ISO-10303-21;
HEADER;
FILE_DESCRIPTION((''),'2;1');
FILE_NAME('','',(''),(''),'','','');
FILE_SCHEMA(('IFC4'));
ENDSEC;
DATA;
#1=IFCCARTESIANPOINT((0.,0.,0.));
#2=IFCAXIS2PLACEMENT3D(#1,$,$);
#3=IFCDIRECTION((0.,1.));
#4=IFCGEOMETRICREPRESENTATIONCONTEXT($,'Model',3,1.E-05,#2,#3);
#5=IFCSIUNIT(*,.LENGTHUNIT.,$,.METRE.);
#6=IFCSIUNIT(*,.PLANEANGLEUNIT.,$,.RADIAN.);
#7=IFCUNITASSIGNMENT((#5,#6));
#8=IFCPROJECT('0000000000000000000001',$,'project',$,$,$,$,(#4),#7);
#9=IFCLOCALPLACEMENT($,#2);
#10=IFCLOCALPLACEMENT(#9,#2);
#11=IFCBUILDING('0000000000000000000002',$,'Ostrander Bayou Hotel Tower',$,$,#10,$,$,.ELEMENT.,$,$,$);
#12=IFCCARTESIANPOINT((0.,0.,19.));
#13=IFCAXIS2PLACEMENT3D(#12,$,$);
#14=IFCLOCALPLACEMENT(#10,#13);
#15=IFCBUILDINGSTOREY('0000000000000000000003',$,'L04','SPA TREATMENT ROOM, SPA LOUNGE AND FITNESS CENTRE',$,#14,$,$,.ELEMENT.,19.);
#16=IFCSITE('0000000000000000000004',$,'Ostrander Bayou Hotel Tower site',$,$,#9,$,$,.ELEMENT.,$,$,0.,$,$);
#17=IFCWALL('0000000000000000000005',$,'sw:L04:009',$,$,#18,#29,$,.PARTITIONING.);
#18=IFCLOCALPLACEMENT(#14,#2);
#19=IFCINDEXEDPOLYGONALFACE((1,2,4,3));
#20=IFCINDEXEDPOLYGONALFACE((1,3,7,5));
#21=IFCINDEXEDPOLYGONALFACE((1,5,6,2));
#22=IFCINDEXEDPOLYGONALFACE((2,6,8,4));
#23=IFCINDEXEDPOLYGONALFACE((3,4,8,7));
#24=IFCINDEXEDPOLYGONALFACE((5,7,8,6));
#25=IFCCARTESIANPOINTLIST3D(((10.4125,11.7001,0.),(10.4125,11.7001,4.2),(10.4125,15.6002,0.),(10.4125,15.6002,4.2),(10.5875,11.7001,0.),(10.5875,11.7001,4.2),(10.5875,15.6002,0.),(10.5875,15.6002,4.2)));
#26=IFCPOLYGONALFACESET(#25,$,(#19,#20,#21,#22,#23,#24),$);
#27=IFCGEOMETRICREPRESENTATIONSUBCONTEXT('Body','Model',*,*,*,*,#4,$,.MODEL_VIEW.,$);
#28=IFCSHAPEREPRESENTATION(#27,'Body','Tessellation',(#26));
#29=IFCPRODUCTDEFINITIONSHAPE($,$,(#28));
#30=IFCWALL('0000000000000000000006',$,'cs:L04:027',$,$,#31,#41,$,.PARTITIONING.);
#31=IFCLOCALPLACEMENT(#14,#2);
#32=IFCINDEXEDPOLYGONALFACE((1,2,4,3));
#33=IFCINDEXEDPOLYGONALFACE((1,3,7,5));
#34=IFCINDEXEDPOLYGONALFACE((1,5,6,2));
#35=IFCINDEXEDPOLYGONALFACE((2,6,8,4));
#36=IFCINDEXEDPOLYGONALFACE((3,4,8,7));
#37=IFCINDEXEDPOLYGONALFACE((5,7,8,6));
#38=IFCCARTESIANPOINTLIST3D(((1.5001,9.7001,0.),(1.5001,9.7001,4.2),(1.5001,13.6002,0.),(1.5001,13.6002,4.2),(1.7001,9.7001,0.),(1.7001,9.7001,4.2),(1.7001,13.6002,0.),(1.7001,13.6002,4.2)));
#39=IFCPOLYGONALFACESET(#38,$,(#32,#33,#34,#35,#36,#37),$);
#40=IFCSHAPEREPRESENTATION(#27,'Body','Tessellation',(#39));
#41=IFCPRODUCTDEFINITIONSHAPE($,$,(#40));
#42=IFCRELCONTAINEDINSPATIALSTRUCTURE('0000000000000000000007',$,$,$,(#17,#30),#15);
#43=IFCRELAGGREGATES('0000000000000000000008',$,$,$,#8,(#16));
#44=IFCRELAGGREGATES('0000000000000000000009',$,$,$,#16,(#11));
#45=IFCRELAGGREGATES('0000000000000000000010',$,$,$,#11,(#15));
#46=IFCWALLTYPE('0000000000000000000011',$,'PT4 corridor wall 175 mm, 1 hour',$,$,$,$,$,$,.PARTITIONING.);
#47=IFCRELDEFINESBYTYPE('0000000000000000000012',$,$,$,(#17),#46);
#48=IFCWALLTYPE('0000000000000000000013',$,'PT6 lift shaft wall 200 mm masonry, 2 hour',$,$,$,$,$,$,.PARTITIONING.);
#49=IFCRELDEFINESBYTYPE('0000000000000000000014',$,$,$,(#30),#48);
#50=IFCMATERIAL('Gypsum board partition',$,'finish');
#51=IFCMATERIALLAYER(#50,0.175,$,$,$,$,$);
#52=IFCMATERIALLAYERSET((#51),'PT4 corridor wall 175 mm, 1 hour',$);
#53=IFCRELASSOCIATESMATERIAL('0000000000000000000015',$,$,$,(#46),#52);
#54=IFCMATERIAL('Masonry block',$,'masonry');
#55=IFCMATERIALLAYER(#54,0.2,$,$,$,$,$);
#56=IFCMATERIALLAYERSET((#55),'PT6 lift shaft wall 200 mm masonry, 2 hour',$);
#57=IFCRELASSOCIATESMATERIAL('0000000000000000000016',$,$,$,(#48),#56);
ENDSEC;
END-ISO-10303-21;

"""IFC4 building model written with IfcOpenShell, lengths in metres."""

from ifc_helpers import new_model, si_unit, direction, frame, frame_2d, origin, place, context, subcontext, project, spatial, rectangle, extrude, material, layer, layer_set, type_object, element, save


model = new_model("IFC4")

# Units and contexts
model_context = context("Model", 3, precision=1e-05, world=origin(), true_north=direction((0.0, 1.0)))
body_context = subcontext(model_context, "Body", "Model", "MODEL_VIEW")
ifc_project = project(units=[si_unit("LENGTHUNIT", "METRE"), si_unit("PLANEANGLEUNIT", "RADIAN")], contexts=[model_context])

# Site, building, storey
site_placement = place(None, origin())
site = spatial("IfcSite", under=ifc_project, at=site_placement, Name="Ostrander Bayou Hotel Tower site", CompositionType="ELEMENT", RefElevation=0.0)
building_placement = place(site_placement, origin())
building = spatial("IfcBuilding", under=site, at=building_placement, Name="Ostrander Bayou Hotel Tower", CompositionType="ELEMENT")
storey_placement = place(building_placement, frame((0.0, 0.0, 19.0)))
storey = spatial("IfcBuildingStorey", under=building, at=storey_placement, Name="L04", Description="SPA TREATMENT ROOM, SPA LOUNGE AND FITNESS CENTRE", CompositionType="ELEMENT", Elevation=19.0)

# Wall
ifc_material_1 = material(Name="Gypsum board partition", Category="finish")
ifc_layer_1 = layer(ifc_material_1, 0.175)
ifc_layer_set_1 = layer_set([ifc_layer_1], Name="PT4 corridor wall 175 mm, 1 hour")
wall_type_1 = type_object("IfcWallType", Name="PT4 corridor wall 175 mm, 1 hour", PredefinedType="PARTITIONING", material=ifc_layer_set_1)
wall_1_placement = place(storey_placement, frame((10.5, 11.7, 0.0), z_axis=(0.0, 0.0, 1.0), x_axis=(0.0, 1.0, 0.0)))
element("IfcWall", 1, at=wall_1_placement, inside=storey, type_object=wall_type_1, Name="sw:L04:009", PredefinedType="PARTITIONING", context=body_context, shape_type="SweptSolid", body=[
    extrude(rectangle(XDim=3.9001, YDim=0.175, at=frame_2d((1.9502, 0.0))), origin(), (0.0, 0.0, 1.0), 4.2),
])

# Wall
ifc_material_2 = material(Name="Masonry block", Category="masonry")
ifc_layer_2 = layer(ifc_material_2, 0.2)
ifc_layer_set_2 = layer_set([ifc_layer_2], Name="PT6 lift shaft wall 200 mm masonry, 2 hour")
wall_type_2 = type_object("IfcWallType", Name="PT6 lift shaft wall 200 mm masonry, 2 hour", PredefinedType="PARTITIONING", material=ifc_layer_set_2)
wall_2_placement = place(storey_placement, frame((1.6001, 9.7, 0.0), z_axis=(0.0, 0.0, 1.0), x_axis=(0.0, 1.0, 0.0)))
element("IfcWall", 2, at=wall_2_placement, inside=storey, type_object=wall_type_2, Name="cs:L04:027", PredefinedType="PARTITIONING", context=body_context, shape_type="SweptSolid", body=[
    extrude(rectangle(XDim=3.9001, YDim=0.2, at=frame_2d((1.9502, 0.0))), origin(), (0.0, 0.0, 1.0), 4.2),
])

save(model, "model.ifc")
